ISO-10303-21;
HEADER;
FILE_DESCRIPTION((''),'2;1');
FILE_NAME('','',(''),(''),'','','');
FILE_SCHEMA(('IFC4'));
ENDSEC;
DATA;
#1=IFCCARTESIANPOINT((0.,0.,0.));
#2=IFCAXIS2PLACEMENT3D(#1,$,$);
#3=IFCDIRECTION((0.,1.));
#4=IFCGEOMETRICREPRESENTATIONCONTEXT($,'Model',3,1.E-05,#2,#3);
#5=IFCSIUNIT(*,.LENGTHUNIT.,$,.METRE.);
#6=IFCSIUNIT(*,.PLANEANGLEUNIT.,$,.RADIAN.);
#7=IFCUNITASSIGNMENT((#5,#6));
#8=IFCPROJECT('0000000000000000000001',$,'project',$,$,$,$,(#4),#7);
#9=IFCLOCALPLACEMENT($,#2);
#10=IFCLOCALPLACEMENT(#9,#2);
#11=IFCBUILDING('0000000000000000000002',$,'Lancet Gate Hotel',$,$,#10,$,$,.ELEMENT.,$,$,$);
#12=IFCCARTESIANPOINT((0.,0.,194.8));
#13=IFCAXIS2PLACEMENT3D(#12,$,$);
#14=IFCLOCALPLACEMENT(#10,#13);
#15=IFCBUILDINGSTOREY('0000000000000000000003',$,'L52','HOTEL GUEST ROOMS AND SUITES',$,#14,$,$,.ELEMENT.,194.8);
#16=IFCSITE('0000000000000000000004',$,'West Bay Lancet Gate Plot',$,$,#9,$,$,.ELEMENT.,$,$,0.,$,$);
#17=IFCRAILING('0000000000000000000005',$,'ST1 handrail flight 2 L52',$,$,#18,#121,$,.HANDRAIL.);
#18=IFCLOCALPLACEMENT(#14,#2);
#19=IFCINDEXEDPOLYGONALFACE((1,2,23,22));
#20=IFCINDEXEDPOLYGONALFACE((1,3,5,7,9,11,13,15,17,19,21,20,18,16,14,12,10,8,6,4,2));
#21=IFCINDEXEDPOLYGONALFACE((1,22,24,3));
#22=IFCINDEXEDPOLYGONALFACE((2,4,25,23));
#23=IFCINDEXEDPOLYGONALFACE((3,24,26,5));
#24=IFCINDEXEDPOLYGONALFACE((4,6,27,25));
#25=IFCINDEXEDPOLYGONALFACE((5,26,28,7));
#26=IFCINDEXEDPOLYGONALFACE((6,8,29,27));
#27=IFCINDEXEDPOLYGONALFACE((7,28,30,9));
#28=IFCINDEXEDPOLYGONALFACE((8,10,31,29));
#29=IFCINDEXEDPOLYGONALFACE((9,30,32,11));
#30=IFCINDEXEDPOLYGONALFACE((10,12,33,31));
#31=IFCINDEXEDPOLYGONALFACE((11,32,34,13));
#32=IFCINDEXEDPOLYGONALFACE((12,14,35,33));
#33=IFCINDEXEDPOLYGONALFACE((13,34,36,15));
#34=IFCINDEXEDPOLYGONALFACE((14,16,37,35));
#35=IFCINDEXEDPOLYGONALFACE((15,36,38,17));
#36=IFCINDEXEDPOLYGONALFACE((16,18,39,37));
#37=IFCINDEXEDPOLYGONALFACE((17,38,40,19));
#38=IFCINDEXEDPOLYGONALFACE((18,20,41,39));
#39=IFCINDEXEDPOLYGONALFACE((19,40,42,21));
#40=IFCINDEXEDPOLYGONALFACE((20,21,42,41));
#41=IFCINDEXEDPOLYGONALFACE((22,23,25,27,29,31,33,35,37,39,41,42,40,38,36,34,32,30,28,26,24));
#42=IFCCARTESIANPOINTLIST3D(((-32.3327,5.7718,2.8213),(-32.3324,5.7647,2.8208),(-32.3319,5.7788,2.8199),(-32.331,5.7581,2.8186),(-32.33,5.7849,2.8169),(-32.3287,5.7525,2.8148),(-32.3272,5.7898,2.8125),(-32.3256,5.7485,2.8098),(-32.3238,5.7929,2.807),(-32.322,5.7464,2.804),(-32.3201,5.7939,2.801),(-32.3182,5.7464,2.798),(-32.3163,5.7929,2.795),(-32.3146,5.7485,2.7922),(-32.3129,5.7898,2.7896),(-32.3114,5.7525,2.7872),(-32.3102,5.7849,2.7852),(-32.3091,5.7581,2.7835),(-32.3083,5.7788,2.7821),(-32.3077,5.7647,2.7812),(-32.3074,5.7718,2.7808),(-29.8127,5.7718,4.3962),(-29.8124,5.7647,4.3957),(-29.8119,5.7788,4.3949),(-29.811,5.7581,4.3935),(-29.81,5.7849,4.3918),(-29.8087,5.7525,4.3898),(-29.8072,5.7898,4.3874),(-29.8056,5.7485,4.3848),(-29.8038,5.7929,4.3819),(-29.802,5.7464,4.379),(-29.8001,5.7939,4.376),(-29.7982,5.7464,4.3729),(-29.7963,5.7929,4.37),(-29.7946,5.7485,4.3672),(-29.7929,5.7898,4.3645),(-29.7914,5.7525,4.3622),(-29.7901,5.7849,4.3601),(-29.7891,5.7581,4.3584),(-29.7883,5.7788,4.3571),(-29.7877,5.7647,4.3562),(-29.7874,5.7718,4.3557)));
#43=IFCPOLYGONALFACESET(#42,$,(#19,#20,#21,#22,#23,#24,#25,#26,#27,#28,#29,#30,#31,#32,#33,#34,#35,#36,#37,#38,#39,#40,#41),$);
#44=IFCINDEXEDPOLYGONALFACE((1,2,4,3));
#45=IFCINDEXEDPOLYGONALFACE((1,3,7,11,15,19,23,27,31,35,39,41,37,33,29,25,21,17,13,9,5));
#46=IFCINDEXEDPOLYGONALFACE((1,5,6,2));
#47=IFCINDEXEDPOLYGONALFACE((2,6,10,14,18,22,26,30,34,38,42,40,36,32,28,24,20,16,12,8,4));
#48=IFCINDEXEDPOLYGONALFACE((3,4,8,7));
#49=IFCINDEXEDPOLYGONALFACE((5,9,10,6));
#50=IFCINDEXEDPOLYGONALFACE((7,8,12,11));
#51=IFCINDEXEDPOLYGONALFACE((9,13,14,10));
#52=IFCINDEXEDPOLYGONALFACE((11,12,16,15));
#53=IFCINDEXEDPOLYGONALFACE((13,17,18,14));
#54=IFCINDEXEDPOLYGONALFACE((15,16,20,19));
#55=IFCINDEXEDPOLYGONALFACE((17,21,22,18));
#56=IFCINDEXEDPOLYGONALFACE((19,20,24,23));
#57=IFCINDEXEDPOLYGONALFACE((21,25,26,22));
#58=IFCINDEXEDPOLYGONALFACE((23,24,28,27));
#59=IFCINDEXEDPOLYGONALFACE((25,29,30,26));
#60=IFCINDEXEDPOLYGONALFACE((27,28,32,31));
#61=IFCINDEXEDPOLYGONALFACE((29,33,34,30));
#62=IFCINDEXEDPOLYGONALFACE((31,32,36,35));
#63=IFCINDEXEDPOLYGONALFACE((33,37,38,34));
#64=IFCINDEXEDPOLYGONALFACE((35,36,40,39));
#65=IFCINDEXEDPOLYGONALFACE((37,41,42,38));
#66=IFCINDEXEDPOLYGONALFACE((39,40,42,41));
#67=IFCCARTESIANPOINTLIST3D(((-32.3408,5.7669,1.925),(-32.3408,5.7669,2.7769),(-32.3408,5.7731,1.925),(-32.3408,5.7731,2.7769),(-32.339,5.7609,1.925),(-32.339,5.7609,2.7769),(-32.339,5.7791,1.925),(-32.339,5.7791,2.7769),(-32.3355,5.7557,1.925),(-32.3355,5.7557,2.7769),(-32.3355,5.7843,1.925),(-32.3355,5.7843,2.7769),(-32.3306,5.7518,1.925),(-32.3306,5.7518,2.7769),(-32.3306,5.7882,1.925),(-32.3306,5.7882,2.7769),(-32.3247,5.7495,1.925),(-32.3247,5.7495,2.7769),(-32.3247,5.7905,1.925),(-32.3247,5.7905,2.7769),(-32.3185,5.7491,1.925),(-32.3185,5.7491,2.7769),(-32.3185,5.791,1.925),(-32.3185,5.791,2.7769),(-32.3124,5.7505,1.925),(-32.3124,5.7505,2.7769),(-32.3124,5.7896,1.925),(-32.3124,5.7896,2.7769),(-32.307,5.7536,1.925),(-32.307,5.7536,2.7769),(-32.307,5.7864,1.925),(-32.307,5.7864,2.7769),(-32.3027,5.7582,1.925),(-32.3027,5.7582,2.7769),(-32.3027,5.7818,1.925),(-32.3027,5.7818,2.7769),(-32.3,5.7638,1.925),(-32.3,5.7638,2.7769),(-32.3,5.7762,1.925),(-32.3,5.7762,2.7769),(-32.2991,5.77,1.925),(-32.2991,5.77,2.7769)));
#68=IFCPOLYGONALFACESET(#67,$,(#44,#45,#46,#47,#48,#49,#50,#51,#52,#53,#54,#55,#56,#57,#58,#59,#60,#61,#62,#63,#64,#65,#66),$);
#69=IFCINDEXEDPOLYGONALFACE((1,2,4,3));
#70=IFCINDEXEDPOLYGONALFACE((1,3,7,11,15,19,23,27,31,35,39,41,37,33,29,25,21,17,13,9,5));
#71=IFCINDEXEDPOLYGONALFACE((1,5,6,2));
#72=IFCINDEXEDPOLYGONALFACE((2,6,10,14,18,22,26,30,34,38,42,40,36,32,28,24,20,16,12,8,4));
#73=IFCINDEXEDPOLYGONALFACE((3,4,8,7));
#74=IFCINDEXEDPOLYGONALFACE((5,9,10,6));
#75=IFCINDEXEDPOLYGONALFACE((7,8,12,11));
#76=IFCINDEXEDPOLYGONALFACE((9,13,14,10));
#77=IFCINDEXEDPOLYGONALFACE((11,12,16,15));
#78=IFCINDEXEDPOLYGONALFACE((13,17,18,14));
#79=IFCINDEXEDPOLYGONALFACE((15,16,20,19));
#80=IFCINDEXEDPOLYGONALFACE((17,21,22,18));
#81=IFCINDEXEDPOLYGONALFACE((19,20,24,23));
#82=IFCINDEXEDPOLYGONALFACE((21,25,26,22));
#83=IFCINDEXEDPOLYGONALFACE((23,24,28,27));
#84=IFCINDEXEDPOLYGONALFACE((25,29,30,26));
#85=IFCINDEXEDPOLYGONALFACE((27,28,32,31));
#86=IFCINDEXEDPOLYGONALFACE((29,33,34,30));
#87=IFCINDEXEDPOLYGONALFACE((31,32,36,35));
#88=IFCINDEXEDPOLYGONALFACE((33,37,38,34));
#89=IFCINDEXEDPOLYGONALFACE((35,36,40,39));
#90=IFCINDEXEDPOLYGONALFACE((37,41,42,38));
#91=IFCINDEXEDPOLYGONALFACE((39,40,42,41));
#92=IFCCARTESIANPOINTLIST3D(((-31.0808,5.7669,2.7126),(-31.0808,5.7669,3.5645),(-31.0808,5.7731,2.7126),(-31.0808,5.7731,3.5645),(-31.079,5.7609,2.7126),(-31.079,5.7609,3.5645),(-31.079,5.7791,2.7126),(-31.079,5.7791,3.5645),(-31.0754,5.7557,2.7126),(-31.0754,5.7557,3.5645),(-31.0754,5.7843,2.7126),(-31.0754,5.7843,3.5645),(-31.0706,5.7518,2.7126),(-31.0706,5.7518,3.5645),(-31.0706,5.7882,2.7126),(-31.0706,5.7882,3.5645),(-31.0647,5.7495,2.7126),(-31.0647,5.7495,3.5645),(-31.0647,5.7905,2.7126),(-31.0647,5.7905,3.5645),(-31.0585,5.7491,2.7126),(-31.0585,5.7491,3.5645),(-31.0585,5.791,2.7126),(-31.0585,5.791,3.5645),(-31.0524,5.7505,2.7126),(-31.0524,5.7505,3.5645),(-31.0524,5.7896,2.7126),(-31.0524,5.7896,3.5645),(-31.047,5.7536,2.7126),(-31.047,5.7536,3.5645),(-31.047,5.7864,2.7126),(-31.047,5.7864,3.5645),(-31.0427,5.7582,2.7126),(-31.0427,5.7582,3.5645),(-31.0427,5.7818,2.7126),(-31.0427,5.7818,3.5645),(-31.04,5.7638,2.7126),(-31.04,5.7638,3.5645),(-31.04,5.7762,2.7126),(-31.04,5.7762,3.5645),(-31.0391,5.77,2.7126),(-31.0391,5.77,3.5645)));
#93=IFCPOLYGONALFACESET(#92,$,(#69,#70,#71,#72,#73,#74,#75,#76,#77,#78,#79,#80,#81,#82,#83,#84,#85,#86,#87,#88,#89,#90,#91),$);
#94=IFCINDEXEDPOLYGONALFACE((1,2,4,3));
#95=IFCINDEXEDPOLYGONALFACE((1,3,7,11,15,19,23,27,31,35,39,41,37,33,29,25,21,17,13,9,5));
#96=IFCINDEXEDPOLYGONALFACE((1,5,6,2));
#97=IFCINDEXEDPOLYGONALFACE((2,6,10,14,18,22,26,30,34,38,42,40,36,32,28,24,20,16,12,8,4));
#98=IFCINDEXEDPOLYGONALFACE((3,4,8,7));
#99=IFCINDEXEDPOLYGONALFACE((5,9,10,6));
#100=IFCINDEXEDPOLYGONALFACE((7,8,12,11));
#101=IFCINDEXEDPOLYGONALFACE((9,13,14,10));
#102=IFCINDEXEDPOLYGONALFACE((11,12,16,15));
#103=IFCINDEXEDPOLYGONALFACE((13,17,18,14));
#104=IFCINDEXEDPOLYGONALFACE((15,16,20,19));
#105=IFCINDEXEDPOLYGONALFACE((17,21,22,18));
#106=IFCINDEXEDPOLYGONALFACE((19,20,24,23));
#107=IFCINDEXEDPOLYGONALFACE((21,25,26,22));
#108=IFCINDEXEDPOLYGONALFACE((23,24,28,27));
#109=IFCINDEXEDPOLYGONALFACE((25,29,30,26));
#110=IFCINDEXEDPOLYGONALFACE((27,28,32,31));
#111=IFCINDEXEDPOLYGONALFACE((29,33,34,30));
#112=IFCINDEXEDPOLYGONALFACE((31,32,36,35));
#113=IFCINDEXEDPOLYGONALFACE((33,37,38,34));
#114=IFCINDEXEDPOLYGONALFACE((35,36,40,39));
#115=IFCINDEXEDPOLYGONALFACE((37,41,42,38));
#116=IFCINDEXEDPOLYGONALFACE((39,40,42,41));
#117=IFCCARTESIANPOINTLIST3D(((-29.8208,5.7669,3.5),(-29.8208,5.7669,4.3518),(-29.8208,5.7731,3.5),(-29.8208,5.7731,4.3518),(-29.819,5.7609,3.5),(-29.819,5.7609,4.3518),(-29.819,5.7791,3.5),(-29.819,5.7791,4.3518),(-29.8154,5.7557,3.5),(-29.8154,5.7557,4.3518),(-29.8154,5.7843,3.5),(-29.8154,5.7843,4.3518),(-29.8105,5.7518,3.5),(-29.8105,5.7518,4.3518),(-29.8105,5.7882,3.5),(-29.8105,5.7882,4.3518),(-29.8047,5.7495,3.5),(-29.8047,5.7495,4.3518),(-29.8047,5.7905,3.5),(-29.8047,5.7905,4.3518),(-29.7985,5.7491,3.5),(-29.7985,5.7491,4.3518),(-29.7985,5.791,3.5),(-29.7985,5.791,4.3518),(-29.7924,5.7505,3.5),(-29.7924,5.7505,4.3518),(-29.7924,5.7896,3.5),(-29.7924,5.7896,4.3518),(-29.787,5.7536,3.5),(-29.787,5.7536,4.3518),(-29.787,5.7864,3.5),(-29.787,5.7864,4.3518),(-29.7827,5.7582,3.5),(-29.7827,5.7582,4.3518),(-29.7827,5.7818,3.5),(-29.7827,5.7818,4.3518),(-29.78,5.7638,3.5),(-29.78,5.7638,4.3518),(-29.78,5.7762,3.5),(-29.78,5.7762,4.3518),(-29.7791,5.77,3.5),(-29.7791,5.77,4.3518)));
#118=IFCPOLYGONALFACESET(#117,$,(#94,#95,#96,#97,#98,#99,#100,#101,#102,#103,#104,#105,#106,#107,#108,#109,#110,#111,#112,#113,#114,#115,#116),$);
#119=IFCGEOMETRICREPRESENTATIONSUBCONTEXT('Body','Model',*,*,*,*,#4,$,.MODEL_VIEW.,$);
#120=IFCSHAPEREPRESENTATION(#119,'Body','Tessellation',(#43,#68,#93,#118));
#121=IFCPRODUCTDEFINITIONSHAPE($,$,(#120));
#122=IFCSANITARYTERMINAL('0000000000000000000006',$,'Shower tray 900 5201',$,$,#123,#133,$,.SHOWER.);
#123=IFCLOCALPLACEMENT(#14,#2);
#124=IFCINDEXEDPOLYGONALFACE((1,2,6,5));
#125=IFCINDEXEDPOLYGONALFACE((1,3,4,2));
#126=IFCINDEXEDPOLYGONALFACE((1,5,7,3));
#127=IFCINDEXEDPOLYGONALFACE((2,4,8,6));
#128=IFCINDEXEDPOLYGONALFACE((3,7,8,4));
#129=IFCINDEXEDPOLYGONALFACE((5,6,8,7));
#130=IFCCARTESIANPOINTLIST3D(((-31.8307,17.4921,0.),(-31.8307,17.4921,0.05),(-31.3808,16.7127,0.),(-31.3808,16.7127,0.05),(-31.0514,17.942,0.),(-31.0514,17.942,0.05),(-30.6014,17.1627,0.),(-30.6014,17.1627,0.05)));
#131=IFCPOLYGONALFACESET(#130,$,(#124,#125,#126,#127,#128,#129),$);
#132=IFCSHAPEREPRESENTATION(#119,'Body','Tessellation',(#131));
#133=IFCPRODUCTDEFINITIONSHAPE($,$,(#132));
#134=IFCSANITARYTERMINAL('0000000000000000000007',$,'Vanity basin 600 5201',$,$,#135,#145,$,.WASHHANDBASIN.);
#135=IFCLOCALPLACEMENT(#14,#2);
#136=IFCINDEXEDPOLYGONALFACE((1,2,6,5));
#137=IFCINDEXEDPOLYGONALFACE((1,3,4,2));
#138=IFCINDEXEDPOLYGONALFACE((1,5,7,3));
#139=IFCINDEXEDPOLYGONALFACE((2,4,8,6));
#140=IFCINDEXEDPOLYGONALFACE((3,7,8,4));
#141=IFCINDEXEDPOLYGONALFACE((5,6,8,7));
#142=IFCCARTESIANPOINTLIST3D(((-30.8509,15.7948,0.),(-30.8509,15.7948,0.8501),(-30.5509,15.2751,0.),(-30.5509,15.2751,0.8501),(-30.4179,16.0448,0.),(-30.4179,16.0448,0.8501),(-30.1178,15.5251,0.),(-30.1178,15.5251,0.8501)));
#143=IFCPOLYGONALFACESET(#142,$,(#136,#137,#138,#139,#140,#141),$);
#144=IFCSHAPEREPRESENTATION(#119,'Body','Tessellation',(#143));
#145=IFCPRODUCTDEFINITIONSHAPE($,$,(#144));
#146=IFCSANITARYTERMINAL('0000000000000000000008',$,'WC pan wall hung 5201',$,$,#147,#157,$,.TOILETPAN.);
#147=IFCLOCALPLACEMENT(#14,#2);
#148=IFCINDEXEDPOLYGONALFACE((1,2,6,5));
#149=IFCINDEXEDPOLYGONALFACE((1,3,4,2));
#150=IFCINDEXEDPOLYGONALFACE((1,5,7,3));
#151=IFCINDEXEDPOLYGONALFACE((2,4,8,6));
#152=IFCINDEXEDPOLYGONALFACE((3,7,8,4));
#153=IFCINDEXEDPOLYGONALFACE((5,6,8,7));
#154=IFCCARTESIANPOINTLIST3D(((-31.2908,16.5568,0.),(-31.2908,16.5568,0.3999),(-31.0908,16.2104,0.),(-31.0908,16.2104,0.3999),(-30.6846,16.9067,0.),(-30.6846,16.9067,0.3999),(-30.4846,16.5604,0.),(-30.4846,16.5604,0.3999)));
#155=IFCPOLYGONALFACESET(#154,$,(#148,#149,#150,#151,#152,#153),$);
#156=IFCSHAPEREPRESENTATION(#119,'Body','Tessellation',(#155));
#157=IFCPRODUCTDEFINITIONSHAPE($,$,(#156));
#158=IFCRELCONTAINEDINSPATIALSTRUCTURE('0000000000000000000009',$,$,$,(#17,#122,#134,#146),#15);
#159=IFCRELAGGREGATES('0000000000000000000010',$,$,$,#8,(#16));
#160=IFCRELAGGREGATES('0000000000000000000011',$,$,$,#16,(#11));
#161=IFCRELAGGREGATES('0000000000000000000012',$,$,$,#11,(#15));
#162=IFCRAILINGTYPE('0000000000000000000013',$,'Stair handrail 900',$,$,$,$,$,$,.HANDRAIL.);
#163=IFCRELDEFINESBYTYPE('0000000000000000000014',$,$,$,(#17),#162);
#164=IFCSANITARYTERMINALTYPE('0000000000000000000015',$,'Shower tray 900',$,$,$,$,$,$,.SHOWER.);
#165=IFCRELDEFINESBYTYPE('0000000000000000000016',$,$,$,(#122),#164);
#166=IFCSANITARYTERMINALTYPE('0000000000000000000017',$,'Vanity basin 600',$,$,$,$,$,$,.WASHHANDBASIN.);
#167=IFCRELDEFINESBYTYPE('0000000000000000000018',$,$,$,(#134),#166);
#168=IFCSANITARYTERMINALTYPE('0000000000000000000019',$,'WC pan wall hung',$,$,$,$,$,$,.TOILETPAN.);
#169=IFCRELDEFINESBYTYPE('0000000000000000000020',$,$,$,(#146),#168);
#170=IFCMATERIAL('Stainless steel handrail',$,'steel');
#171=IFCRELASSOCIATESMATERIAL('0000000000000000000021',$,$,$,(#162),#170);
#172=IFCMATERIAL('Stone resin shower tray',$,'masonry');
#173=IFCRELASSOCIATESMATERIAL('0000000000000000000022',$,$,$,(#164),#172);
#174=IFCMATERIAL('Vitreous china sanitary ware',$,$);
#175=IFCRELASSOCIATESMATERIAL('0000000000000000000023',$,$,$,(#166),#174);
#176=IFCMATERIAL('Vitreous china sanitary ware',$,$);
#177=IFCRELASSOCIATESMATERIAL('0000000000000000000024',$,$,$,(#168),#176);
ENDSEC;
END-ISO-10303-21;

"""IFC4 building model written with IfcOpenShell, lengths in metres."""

from ifc_helpers import new_model, si_unit, direction, frame, origin, origin_2d, place, context, subcontext, project, spatial, rectangle, circle, extrude, material, type_object, element, save


model = new_model("IFC4")

# Units and contexts
model_context = context("Model", 3, precision=1e-05, world=origin(), true_north=direction((0.0, 1.0)))
body_context = subcontext(model_context, "Body", "Model", "MODEL_VIEW")
ifc_project = project(units=[si_unit("LENGTHUNIT", "METRE"), si_unit("PLANEANGLEUNIT", "RADIAN")], contexts=[model_context])

# Site, building, storey
site_placement = place(None, origin())
site = spatial("IfcSite", under=ifc_project, at=site_placement, Name="West Bay Lancet Gate Plot", CompositionType="ELEMENT", RefElevation=0.0)
building_placement = place(site_placement, origin())
building = spatial("IfcBuilding", under=site, at=building_placement, Name="Lancet Gate Hotel", CompositionType="ELEMENT")
storey_placement = place(building_placement, frame((0.0, 0.0, 194.8)))
storey = spatial("IfcBuildingStorey", under=building, at=storey_placement, Name="L52", Description="HOTEL GUEST ROOMS AND SUITES", CompositionType="ELEMENT", Elevation=194.8)

# Railing
ifc_material_1 = material(Name="Stainless steel handrail", Category="steel")
railing_type = type_object("IfcRailingType", Name="Stair handrail 900", PredefinedType="HANDRAIL", material=ifc_material_1)
railing_1_placement = place(storey_placement, frame((-32.3201, 5.77, 1.925)))
element("IfcRailing", 1, at=railing_1_placement, inside=storey, type_object=railing_type, Name="ST1 handrail flight 2 L52", PredefinedType="HANDRAIL", context=body_context, shape_type="SweptSolid", body=[
    extrude(circle(Radius=0.0239, at=origin_2d()), frame((0.0, 0.0, 0.876), z_axis=(0.848008, 0.0, 0.529984), x_axis=(0.0, 1.0, 0.0)), (0.0, 0.0, 1.0), 2.9717),
    extrude(circle(Radius=0.021, at=origin_2d()), origin(), (0.0, 0.0, 1.0), 0.8518),
    extrude(circle(Radius=0.021, at=origin_2d()), frame((1.26, 0.0, 0.7876)), (0.0, 0.0, 1.0), 0.8518),
    extrude(circle(Radius=0.021, at=origin_2d()), frame((2.52, 0.0, 1.575)), (0.0, 0.0, 1.0), 0.8518),
])

# Sanitary terminals
ifc_material_2 = material(Name="Stone resin shower tray", Category="masonry")
sanitary_terminal_type_1 = type_object("IfcSanitaryTerminalType", Name="Shower tray 900", PredefinedType="SHOWER", material=ifc_material_2)
sanitary_terminal_1_placement = place(storey_placement, frame((-31.2161, 17.3274, 0.0), z_axis=(0.0, 0.0, 1.0), x_axis=(-0.5, 0.866025, 0.0)))
element("IfcSanitaryTerminal", 2, at=sanitary_terminal_1_placement, inside=storey, type_object=sanitary_terminal_type_1, Name="Shower tray 900 5201", PredefinedType="SHOWER", context=body_context, shape_type="SweptSolid", body=[
    extrude(rectangle(XDim=0.8999, YDim=0.8999, at=origin_2d()), origin(), (0.0, 0.0, 1.0), 0.05),
])
ifc_material_3 = material(Name="Vitreous china sanitary ware")
sanitary_terminal_type_2 = type_object("IfcSanitaryTerminalType", Name="Vanity basin 600", PredefinedType="WASHHANDBASIN", material=ifc_material_3)
sanitary_terminal_2_placement = place(storey_placement, frame((-30.4844, 15.6599, 0.0), z_axis=(0.0, 0.0, 1.0), x_axis=(-0.5, 0.866025, 0.0)))
element("IfcSanitaryTerminal", 3, at=sanitary_terminal_2_placement, inside=storey, type_object=sanitary_terminal_type_2, Name="Vanity basin 600 5201", PredefinedType="WASHHANDBASIN", context=body_context, shape_type="SweptSolid", body=[
    extrude(rectangle(XDim=0.6001, YDim=0.5, at=origin_2d()), origin(), (0.0, 0.0, 1.0), 0.8501),
])
ifc_material_4 = material(Name="Vitreous china sanitary ware")
sanitary_terminal_type_3 = type_object("IfcSanitaryTerminalType", Name="WC pan wall hung", PredefinedType="TOILETPAN", material=ifc_material_4)
sanitary_terminal_3_placement = place(storey_placement, frame((-30.8877, 16.5586, 0.0), z_axis=(0.0, 0.0, 1.0), x_axis=(-0.5, 0.866025, 0.0)))
element("IfcSanitaryTerminal", 4, at=sanitary_terminal_3_placement, inside=storey, type_object=sanitary_terminal_type_3, Name="WC pan wall hung 5201", PredefinedType="TOILETPAN", context=body_context, shape_type="SweptSolid", body=[
    extrude(rectangle(XDim=0.3999, YDim=0.7, at=origin_2d()), origin(), (0.0, 0.0, 1.0), 0.3999),
])

save(model, "model.ifc")
